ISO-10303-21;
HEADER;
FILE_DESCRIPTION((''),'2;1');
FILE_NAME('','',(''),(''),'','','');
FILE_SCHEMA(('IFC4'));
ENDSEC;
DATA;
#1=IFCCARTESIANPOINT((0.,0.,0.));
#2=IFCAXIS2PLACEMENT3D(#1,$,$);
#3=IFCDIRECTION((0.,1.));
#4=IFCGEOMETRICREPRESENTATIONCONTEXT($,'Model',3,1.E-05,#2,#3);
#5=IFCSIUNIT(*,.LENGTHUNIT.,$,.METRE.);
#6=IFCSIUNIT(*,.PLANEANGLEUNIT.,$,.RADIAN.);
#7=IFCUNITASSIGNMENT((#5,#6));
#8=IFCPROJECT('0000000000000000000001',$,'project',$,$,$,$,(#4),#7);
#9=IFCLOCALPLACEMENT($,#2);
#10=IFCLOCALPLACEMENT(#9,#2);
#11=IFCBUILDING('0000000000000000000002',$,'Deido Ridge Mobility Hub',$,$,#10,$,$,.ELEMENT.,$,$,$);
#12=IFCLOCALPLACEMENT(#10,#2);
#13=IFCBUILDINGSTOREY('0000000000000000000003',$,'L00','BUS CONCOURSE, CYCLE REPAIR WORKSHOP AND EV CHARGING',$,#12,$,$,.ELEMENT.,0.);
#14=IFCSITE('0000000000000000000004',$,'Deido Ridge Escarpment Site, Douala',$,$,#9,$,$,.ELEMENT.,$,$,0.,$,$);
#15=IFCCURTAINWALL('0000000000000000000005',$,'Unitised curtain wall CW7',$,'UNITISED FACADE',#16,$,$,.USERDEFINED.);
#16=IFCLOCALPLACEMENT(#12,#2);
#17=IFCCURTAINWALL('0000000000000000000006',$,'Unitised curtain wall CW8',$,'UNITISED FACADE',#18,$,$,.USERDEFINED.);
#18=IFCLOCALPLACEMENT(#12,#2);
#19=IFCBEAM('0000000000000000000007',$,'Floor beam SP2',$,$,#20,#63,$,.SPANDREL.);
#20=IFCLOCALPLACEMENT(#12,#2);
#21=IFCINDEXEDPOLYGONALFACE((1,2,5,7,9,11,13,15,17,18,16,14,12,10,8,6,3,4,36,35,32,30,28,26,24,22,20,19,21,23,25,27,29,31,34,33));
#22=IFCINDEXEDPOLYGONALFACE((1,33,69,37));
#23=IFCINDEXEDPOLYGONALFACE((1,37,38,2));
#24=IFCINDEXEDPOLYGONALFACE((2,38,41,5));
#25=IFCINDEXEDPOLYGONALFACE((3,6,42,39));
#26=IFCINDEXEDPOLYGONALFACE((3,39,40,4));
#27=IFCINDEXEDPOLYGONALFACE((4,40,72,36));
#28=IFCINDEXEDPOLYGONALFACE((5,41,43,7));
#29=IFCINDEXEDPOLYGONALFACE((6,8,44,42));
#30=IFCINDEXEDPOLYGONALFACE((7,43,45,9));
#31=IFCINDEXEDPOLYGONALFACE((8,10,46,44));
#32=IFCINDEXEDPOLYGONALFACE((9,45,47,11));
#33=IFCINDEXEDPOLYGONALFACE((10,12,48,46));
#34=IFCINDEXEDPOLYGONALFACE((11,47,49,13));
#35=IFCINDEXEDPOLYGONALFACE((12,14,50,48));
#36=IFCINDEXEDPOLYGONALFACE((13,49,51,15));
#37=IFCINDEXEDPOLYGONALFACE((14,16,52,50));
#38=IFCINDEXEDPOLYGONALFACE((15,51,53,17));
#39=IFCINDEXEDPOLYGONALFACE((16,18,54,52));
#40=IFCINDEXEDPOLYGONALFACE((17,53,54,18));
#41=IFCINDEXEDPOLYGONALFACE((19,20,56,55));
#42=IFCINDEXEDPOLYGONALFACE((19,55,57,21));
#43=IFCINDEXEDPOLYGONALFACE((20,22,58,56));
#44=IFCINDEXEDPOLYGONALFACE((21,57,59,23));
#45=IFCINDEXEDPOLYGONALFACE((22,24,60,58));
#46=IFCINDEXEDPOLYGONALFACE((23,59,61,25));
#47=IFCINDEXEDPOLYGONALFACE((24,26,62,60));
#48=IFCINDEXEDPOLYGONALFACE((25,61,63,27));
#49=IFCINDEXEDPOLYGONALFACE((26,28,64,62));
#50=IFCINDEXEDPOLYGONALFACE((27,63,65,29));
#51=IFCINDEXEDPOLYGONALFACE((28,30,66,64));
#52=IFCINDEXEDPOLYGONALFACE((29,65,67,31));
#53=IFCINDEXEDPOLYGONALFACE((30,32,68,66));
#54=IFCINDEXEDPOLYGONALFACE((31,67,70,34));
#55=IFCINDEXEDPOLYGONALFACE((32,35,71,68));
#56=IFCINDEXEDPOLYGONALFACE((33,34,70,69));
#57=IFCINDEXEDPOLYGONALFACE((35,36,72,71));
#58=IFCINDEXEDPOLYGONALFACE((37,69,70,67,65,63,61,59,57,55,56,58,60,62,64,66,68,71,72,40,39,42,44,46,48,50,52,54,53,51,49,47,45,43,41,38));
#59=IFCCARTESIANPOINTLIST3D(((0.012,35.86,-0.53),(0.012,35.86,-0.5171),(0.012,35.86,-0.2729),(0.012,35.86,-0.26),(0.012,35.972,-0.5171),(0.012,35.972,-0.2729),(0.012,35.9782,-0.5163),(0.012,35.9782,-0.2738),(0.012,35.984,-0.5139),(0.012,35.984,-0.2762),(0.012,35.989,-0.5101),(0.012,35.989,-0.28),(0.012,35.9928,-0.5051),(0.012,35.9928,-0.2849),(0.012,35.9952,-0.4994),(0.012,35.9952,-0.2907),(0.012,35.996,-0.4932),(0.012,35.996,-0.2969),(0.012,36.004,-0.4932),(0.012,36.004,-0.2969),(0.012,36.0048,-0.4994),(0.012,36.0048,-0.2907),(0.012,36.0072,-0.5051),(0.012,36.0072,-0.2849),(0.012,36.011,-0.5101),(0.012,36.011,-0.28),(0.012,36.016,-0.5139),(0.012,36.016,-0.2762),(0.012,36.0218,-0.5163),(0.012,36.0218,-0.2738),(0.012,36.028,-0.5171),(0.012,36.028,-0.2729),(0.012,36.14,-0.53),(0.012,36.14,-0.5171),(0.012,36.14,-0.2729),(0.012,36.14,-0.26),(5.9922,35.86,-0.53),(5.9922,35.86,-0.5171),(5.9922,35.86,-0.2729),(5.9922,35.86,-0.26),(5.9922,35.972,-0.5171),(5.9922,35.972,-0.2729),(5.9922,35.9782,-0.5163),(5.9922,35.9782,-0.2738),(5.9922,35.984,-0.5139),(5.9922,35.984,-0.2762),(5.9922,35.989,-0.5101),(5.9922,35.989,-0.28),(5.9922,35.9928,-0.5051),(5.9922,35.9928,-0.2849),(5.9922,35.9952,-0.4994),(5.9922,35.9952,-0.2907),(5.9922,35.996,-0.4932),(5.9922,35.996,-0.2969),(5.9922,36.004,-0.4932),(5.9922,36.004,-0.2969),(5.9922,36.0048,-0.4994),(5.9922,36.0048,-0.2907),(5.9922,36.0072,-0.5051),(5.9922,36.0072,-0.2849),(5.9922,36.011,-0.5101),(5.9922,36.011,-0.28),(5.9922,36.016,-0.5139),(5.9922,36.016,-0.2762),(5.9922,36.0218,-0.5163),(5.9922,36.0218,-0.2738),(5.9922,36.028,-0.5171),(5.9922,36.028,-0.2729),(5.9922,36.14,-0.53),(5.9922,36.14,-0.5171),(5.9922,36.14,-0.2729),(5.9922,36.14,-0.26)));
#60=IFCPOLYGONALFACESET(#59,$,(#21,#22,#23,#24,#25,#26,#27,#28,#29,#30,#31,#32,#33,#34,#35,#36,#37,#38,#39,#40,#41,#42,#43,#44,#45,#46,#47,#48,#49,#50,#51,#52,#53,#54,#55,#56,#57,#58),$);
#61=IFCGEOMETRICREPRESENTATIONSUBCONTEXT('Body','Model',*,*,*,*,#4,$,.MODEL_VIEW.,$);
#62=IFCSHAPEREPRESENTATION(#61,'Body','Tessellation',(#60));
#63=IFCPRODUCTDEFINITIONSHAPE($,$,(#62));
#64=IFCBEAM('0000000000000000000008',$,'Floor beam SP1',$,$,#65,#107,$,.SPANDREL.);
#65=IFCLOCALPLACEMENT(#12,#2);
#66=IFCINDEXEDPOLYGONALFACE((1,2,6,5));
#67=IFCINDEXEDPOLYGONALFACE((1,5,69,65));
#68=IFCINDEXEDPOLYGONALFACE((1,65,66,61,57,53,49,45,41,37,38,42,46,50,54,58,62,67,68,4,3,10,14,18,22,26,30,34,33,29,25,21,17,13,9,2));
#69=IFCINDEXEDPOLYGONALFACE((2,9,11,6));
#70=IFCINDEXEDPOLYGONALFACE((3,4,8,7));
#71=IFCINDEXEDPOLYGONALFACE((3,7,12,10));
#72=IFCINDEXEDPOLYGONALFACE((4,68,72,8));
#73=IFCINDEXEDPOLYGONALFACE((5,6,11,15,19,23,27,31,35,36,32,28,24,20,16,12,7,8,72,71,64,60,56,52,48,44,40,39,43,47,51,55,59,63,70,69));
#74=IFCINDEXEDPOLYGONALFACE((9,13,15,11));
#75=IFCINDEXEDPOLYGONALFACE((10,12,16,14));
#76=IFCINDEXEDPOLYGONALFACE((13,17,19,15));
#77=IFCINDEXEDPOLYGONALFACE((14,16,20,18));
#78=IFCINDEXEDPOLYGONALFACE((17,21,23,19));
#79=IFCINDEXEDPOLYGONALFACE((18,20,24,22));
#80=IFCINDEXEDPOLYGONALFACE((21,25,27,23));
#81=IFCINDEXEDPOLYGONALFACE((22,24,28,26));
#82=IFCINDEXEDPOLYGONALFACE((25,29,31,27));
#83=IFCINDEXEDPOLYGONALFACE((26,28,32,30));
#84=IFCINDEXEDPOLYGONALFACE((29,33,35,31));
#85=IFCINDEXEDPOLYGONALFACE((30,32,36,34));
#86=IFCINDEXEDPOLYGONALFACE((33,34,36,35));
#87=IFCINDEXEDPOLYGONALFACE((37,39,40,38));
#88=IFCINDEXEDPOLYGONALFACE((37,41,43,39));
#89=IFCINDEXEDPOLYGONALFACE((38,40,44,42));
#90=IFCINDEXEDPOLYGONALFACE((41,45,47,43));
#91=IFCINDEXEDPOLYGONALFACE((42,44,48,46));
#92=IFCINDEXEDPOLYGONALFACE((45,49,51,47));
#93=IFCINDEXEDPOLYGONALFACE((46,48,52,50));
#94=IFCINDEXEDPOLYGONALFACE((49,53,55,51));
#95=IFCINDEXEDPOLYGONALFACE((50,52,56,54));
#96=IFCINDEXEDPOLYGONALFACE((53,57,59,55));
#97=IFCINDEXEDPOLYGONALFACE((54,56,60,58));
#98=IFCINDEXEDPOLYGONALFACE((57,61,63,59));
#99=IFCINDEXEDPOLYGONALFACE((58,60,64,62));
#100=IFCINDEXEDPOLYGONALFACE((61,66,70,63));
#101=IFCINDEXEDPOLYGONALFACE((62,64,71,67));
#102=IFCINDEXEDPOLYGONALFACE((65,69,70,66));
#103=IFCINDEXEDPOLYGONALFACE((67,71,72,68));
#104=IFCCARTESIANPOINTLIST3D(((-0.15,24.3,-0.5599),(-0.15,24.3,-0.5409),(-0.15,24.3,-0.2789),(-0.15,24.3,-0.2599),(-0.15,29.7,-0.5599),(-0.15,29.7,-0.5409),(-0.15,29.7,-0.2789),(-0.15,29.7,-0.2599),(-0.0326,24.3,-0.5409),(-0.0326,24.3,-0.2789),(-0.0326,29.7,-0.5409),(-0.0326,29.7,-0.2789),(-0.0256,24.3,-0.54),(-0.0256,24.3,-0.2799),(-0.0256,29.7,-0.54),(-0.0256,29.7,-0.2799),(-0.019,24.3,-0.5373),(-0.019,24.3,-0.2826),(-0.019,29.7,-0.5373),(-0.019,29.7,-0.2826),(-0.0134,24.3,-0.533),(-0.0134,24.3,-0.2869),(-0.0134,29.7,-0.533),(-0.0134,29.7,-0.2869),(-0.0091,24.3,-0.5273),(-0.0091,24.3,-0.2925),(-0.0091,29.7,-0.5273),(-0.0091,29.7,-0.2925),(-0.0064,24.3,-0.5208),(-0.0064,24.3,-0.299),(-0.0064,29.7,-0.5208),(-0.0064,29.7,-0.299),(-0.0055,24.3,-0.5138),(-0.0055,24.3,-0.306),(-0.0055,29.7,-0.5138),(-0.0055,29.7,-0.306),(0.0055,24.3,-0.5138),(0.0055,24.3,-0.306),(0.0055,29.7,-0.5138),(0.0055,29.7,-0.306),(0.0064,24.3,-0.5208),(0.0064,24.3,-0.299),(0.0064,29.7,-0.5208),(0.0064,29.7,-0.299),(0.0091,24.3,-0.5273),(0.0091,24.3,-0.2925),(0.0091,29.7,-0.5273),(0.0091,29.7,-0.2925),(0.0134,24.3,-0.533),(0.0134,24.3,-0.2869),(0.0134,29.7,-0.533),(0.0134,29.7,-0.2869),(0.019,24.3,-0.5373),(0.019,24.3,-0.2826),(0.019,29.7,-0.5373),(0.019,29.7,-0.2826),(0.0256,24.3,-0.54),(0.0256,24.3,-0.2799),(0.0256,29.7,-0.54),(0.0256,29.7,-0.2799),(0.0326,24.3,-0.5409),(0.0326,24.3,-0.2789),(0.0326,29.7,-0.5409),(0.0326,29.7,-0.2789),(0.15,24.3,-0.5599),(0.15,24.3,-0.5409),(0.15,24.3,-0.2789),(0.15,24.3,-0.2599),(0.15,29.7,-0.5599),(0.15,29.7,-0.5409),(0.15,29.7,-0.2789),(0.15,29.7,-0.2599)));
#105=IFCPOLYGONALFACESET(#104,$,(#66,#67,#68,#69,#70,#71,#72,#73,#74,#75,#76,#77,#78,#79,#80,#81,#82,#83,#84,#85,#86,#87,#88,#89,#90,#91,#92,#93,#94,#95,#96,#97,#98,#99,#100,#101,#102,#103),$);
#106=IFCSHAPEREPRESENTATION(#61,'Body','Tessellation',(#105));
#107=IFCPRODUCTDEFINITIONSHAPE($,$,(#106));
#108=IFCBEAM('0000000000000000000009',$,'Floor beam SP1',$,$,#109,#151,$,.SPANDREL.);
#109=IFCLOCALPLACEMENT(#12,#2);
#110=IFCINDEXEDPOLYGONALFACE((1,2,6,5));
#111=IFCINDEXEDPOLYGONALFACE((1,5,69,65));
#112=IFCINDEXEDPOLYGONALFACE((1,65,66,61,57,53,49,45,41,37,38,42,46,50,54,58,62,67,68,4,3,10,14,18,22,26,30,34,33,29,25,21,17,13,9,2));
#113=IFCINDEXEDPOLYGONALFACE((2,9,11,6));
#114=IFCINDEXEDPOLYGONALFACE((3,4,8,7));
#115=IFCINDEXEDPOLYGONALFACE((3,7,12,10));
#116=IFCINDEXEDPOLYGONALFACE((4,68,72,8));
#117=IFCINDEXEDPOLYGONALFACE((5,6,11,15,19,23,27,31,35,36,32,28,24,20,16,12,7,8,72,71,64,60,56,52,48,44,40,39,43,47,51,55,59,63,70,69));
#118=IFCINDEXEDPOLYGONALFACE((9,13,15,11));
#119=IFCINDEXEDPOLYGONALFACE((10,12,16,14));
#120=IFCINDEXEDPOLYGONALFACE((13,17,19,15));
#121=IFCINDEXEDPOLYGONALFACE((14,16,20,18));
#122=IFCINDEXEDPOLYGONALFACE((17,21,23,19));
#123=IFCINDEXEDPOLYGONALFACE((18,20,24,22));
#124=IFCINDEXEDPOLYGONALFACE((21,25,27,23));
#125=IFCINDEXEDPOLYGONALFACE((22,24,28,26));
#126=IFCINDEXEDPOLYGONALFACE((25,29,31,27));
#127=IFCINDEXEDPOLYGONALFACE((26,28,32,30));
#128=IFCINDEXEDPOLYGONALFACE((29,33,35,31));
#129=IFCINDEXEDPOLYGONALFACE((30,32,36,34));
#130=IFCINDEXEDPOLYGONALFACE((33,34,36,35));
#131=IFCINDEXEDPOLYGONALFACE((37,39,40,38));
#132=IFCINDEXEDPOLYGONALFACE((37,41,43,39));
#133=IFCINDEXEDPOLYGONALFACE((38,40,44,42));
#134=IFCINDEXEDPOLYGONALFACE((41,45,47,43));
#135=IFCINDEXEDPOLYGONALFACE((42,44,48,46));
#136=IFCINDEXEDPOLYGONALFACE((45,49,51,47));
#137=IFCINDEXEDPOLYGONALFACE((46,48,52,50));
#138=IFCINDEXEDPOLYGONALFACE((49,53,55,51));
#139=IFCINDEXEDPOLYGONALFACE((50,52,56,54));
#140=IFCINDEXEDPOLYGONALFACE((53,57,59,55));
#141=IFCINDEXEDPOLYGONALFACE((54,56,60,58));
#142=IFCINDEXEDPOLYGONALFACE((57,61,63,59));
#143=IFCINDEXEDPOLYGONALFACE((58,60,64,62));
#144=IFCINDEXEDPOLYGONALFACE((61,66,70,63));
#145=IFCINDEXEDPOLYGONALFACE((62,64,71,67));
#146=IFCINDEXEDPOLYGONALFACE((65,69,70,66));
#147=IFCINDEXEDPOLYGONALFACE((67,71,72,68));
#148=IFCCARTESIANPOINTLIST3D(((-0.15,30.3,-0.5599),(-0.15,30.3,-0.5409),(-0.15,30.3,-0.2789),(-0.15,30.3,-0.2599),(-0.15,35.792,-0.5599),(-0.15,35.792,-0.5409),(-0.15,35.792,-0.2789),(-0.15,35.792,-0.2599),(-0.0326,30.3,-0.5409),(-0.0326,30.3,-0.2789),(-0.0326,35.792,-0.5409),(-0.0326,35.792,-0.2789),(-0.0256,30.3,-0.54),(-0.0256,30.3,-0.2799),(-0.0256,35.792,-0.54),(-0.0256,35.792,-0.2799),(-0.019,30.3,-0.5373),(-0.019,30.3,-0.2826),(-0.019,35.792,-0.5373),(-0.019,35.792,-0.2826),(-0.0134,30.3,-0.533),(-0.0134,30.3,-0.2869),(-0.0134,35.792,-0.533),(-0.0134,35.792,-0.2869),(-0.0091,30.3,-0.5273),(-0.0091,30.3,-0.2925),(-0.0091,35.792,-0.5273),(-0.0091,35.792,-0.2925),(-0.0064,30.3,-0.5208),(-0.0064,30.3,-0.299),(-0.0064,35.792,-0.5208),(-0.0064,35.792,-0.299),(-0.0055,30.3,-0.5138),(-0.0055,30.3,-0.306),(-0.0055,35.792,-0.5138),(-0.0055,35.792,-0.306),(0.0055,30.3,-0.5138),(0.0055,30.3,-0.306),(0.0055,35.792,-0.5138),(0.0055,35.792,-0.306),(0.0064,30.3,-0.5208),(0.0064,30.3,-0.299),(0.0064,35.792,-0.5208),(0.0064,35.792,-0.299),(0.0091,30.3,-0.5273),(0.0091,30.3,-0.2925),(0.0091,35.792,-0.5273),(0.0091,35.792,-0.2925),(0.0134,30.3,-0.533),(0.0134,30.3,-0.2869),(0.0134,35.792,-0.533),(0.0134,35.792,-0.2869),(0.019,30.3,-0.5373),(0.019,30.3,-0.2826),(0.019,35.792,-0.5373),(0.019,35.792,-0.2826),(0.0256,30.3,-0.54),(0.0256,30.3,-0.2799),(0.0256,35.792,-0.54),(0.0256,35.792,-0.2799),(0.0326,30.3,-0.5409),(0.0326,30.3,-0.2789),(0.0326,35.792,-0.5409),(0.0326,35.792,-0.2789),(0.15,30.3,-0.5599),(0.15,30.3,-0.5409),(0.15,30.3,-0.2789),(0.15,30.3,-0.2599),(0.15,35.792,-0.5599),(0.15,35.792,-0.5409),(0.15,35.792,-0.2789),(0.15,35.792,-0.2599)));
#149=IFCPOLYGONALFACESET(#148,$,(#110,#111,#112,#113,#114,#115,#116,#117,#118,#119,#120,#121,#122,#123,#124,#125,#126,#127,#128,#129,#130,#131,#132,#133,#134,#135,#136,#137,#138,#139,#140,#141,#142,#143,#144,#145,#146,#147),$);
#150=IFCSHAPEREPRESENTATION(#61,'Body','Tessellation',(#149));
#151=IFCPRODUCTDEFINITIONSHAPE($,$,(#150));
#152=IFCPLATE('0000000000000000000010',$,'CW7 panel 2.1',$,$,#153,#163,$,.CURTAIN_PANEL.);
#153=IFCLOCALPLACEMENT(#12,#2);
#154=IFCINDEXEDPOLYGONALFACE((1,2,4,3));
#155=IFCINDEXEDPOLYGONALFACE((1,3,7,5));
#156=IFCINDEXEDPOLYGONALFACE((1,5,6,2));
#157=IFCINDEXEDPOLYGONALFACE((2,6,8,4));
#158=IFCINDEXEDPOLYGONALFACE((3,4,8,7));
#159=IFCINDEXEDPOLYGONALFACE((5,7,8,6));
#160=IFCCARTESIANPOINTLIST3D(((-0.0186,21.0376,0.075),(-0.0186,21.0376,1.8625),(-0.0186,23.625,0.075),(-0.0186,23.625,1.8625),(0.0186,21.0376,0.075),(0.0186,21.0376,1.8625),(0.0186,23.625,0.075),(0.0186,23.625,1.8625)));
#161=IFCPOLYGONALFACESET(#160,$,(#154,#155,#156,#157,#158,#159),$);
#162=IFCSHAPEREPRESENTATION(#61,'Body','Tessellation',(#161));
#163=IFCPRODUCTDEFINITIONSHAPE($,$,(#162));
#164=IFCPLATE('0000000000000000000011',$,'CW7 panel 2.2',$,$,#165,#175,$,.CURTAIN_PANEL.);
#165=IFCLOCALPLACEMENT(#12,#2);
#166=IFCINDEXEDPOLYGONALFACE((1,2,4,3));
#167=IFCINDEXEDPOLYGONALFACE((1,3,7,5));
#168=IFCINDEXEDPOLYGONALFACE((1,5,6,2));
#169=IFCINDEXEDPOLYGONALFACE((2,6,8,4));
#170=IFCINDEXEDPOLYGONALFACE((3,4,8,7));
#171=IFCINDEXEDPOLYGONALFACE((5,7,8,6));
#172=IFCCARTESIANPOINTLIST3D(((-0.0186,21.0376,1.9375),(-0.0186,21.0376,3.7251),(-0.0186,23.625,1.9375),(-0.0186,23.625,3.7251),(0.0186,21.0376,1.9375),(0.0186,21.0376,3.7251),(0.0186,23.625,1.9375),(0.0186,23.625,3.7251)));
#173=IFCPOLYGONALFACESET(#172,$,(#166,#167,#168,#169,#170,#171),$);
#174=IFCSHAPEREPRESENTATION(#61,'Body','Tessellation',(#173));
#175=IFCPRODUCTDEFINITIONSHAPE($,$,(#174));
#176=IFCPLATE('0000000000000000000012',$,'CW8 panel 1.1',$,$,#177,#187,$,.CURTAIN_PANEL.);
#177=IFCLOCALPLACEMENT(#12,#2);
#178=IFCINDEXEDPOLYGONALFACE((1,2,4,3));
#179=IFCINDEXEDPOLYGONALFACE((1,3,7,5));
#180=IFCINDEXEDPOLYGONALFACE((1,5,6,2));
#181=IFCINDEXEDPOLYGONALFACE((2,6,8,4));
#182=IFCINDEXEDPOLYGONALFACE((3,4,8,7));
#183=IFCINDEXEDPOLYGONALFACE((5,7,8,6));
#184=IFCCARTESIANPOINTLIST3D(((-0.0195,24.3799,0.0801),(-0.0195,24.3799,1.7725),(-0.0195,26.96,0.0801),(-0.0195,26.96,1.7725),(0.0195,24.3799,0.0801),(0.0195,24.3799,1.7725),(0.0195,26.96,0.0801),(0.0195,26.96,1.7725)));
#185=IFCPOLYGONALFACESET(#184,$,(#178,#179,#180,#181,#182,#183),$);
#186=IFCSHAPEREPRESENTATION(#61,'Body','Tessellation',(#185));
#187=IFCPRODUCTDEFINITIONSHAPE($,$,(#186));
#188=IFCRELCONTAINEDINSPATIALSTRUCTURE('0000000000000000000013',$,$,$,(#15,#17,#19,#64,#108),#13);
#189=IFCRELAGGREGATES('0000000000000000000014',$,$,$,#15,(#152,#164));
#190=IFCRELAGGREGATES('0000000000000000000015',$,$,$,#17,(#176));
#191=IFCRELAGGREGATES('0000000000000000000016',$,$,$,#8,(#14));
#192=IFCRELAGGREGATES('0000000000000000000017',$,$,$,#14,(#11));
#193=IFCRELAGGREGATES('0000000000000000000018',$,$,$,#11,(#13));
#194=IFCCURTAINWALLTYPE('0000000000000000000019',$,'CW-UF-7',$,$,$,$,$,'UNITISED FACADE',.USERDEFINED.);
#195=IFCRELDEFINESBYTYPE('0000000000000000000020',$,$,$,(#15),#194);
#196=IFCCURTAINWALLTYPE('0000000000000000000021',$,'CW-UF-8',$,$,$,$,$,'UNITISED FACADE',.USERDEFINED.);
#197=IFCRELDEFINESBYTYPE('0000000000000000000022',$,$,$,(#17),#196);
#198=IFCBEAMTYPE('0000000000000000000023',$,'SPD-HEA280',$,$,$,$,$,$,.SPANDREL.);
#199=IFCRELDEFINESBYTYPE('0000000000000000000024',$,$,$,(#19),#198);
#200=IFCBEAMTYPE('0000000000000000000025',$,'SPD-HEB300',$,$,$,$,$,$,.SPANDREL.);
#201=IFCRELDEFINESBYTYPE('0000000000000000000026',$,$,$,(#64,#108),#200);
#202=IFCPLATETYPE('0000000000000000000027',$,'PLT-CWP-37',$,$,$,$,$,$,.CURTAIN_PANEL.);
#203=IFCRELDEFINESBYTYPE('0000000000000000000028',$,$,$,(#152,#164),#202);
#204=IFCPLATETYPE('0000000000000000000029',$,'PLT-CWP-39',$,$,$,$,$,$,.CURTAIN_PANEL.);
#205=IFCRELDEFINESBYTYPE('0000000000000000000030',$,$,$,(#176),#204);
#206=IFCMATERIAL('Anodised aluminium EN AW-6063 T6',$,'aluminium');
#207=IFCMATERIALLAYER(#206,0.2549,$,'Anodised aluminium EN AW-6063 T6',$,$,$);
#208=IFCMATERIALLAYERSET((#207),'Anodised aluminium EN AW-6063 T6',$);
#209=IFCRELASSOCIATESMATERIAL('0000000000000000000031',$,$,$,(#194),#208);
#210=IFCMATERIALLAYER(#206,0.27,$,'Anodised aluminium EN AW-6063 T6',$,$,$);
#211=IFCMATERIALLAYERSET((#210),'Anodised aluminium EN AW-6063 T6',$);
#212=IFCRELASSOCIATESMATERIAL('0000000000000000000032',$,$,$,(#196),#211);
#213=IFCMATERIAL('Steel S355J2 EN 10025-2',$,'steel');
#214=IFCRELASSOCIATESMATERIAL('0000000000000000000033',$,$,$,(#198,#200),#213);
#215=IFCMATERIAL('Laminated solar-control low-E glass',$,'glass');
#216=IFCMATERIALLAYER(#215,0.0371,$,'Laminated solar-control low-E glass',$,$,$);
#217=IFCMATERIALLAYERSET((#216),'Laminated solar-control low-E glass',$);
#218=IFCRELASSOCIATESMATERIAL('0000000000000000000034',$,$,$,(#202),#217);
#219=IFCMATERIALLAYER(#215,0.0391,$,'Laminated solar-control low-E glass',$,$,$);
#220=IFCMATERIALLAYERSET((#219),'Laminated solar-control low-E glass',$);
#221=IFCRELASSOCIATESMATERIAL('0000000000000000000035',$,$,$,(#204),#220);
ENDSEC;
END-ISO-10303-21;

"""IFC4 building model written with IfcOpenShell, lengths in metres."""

from ifc_helpers import new_model, si_unit, direction, frame, origin, origin_2d, place, context, subcontext, project, spatial, rectangle, i_section, extrude, material, layer, layer_set, material_profile, profile_set, type_object, element, aggregate, save


model = new_model("IFC4")

# Units and contexts
model_context = context("Model", 3, precision=1e-05, world=origin(), true_north=direction((0.0, 1.0)))
body_context = subcontext(model_context, "Body", "Model", "MODEL_VIEW")
ifc_project = project(units=[si_unit("LENGTHUNIT", "METRE"), si_unit("PLANEANGLEUNIT", "RADIAN")], contexts=[model_context])

# Site, building, storey
site_placement = place(None, origin())
site = spatial("IfcSite", under=ifc_project, at=site_placement, Name="Deido Ridge Escarpment Site, Douala", CompositionType="ELEMENT", RefElevation=0.0)
building_placement = place(site_placement, origin())
building = spatial("IfcBuilding", under=site, at=building_placement, Name="Deido Ridge Mobility Hub", CompositionType="ELEMENT")
storey_placement = place(building_placement, origin())
storey = spatial("IfcBuildingStorey", under=building, at=storey_placement, Name="L00", Description="BUS CONCOURSE, CYCLE REPAIR WORKSHOP AND EV CHARGING", CompositionType="ELEMENT", Elevation=0.0)

# Shared definitions
ifc_material_1 = material(Name="Steel S355J2 EN 10025-2", Category="steel")

# Curtain walls
ifc_material_2 = material(Name="Anodised aluminium EN AW-6063 T6", Category="aluminium")
ifc_layer_1 = layer(ifc_material_2, 0.2549, Name="Anodised aluminium EN AW-6063 T6")
ifc_layer_set_1 = layer_set([ifc_layer_1], Name="Anodised aluminium EN AW-6063 T6")
curtain_wall_type_1 = type_object("IfcCurtainWallType", Name="CW-UF-7", ElementType="UNITISED FACADE", PredefinedType="USERDEFINED", material=ifc_layer_set_1)
curtain_wall_1_placement = place(storey_placement, origin())
curtain_wall_1 = element("IfcCurtainWall", 1, at=curtain_wall_1_placement, inside=storey, type_object=curtain_wall_type_1, Name="Unitised curtain wall CW7", ObjectType="UNITISED FACADE", PredefinedType="USERDEFINED")
ifc_layer_2 = layer(ifc_material_2, 0.27, Name="Anodised aluminium EN AW-6063 T6")
ifc_layer_set_2 = layer_set([ifc_layer_2], Name="Anodised aluminium EN AW-6063 T6")
curtain_wall_type_2 = type_object("IfcCurtainWallType", Name="CW-UF-8", ElementType="UNITISED FACADE", PredefinedType="USERDEFINED", material=ifc_layer_set_2)
curtain_wall_2_placement = place(storey_placement, origin())
curtain_wall_2 = element("IfcCurtainWall", 2, at=curtain_wall_2_placement, inside=storey, type_object=curtain_wall_type_2, Name="Unitised curtain wall CW8", ObjectType="UNITISED FACADE", PredefinedType="USERDEFINED")

# Beams
ifc_material_profile_1 = material_profile(ifc_material_1, i_section(OverallWidth=0.28, OverallDepth=0.27, WebThickness=0.0081, FlangeThickness=0.0129, FilletRadius=0.0239, at=origin_2d()), Name="HEA 280")
ifc_profile_set_1 = profile_set([ifc_material_profile_1], Name="Steel S355J2 EN 10025-2")
beam_type_1 = type_object("IfcBeamType", Name="SPD-HEA280", PredefinedType="SPANDREL", material=ifc_profile_set_1)
beam_1_placement = place(storey_placement, frame((0.012, 36.0, -0.395), z_axis=(1.0, 0.0, 0.0), x_axis=(0.0, 1.0, 0.0)))
element("IfcBeam", 3, at=beam_1_placement, inside=storey, type_object=beam_type_1, Name="Floor beam SP2", PredefinedType="SPANDREL", context=body_context, shape_type="SweptSolid", body=[
    extrude(i_section(OverallWidth=0.28, OverallDepth=0.27, WebThickness=0.0081, FlangeThickness=0.0129, FilletRadius=0.0239, at=origin_2d()), origin(), (0.0, 0.0, 1.0), 5.9802),
])
ifc_material_profile_2 = material_profile(ifc_material_1, i_section(OverallWidth=0.3, OverallDepth=0.3, WebThickness=0.011, FlangeThickness=0.019, FilletRadius=0.0271, at=origin_2d()), Name="HEB 300")
ifc_profile_set_2 = profile_set([ifc_material_profile_2], Name="Steel S355J2 EN 10025-2")
beam_type_2 = type_object("IfcBeamType", Name="SPD-HEB300", PredefinedType="SPANDREL", material=ifc_profile_set_2)
beam_2_placement = place(storey_placement, frame((0.0, 24.3, -0.4099), z_axis=(0.0, 1.0, 0.0), x_axis=(-1.0, 0.0, 0.0)))
element("IfcBeam", 4, at=beam_2_placement, inside=storey, type_object=beam_type_2, Name="Floor beam SP1", PredefinedType="SPANDREL", context=body_context, shape_type="SweptSolid", body=[
    extrude(i_section(OverallWidth=0.3, OverallDepth=0.3, WebThickness=0.011, FlangeThickness=0.019, FilletRadius=0.0271, at=origin_2d()), origin(), (0.0, 0.0, 1.0), 5.3999),
])
beam_3_placement = place(storey_placement, frame((0.0, 30.3, -0.4099), z_axis=(0.0, 1.0, 0.0), x_axis=(-1.0, 0.0, 0.0)))
element("IfcBeam", 5, at=beam_3_placement, inside=storey, type_object=beam_type_2, Name="Floor beam SP1", PredefinedType="SPANDREL", context=body_context, shape_type="SweptSolid", body=[
    extrude(i_section(OverallWidth=0.3, OverallDepth=0.3, WebThickness=0.011, FlangeThickness=0.019, FilletRadius=0.0271, at=origin_2d()), origin(), (0.0, 0.0, 1.0), 5.4919),
])

# Plates
ifc_material_3 = material(Name="Laminated solar-control low-E glass", Category="glass")
ifc_layer_3 = layer(ifc_material_3, 0.0371, Name="Laminated solar-control low-E glass")
ifc_layer_set_3 = layer_set([ifc_layer_3], Name="Laminated solar-control low-E glass")
plate_type_1 = type_object("IfcPlateType", Name="PLT-CWP-37", PredefinedType="CURTAIN_PANEL", material=ifc_layer_set_3)
plate_1_placement = place(storey_placement, frame((0.0, 22.3313, 0.075), z_axis=(0.0, 0.0, 1.0), x_axis=(0.0, 1.0, 0.0)))
plate_1 = element("IfcPlate", 6, at=plate_1_placement, type_object=plate_type_1, Name="CW7 panel 2.1", PredefinedType="CURTAIN_PANEL", context=body_context, shape_type="SweptSolid", body=[
    extrude(rectangle(XDim=2.5874, YDim=0.0371, at=origin_2d()), origin(), (0.0, 0.0, 1.0), 1.7876),
])
plate_2_placement = place(storey_placement, frame((0.0, 22.3313, 1.9375), z_axis=(0.0, 0.0, 1.0), x_axis=(0.0, 1.0, 0.0)))
plate_2 = element("IfcPlate", 7, at=plate_2_placement, type_object=plate_type_1, Name="CW7 panel 2.2", PredefinedType="CURTAIN_PANEL", context=body_context, shape_type="SweptSolid", body=[
    extrude(rectangle(XDim=2.5874, YDim=0.0371, at=origin_2d()), origin(), (0.0, 0.0, 1.0), 1.7876),
])
aggregate(curtain_wall_1, [plate_1, plate_2])
ifc_layer_4 = layer(ifc_material_3, 0.0391, Name="Laminated solar-control low-E glass")
ifc_layer_set_4 = layer_set([ifc_layer_4], Name="Laminated solar-control low-E glass")
plate_type_2 = type_object("IfcPlateType", Name="PLT-CWP-39", PredefinedType="CURTAIN_PANEL", material=ifc_layer_set_4)
plate_3_placement = place(storey_placement, frame((0.0, 25.6699, 0.0801), z_axis=(0.0, 0.0, 1.0), x_axis=(0.0, 1.0, 0.0)))
plate_3 = element("IfcPlate", 8, at=plate_3_placement, type_object=plate_type_2, Name="CW8 panel 1.1", PredefinedType="CURTAIN_PANEL", context=body_context, shape_type="SweptSolid", body=[
    extrude(rectangle(XDim=2.5801, YDim=0.0391, at=origin_2d()), origin(), (0.0, 0.0, 1.0), 1.6924),
])
aggregate(curtain_wall_2, [plate_3])

save(model, "model.ifc")
